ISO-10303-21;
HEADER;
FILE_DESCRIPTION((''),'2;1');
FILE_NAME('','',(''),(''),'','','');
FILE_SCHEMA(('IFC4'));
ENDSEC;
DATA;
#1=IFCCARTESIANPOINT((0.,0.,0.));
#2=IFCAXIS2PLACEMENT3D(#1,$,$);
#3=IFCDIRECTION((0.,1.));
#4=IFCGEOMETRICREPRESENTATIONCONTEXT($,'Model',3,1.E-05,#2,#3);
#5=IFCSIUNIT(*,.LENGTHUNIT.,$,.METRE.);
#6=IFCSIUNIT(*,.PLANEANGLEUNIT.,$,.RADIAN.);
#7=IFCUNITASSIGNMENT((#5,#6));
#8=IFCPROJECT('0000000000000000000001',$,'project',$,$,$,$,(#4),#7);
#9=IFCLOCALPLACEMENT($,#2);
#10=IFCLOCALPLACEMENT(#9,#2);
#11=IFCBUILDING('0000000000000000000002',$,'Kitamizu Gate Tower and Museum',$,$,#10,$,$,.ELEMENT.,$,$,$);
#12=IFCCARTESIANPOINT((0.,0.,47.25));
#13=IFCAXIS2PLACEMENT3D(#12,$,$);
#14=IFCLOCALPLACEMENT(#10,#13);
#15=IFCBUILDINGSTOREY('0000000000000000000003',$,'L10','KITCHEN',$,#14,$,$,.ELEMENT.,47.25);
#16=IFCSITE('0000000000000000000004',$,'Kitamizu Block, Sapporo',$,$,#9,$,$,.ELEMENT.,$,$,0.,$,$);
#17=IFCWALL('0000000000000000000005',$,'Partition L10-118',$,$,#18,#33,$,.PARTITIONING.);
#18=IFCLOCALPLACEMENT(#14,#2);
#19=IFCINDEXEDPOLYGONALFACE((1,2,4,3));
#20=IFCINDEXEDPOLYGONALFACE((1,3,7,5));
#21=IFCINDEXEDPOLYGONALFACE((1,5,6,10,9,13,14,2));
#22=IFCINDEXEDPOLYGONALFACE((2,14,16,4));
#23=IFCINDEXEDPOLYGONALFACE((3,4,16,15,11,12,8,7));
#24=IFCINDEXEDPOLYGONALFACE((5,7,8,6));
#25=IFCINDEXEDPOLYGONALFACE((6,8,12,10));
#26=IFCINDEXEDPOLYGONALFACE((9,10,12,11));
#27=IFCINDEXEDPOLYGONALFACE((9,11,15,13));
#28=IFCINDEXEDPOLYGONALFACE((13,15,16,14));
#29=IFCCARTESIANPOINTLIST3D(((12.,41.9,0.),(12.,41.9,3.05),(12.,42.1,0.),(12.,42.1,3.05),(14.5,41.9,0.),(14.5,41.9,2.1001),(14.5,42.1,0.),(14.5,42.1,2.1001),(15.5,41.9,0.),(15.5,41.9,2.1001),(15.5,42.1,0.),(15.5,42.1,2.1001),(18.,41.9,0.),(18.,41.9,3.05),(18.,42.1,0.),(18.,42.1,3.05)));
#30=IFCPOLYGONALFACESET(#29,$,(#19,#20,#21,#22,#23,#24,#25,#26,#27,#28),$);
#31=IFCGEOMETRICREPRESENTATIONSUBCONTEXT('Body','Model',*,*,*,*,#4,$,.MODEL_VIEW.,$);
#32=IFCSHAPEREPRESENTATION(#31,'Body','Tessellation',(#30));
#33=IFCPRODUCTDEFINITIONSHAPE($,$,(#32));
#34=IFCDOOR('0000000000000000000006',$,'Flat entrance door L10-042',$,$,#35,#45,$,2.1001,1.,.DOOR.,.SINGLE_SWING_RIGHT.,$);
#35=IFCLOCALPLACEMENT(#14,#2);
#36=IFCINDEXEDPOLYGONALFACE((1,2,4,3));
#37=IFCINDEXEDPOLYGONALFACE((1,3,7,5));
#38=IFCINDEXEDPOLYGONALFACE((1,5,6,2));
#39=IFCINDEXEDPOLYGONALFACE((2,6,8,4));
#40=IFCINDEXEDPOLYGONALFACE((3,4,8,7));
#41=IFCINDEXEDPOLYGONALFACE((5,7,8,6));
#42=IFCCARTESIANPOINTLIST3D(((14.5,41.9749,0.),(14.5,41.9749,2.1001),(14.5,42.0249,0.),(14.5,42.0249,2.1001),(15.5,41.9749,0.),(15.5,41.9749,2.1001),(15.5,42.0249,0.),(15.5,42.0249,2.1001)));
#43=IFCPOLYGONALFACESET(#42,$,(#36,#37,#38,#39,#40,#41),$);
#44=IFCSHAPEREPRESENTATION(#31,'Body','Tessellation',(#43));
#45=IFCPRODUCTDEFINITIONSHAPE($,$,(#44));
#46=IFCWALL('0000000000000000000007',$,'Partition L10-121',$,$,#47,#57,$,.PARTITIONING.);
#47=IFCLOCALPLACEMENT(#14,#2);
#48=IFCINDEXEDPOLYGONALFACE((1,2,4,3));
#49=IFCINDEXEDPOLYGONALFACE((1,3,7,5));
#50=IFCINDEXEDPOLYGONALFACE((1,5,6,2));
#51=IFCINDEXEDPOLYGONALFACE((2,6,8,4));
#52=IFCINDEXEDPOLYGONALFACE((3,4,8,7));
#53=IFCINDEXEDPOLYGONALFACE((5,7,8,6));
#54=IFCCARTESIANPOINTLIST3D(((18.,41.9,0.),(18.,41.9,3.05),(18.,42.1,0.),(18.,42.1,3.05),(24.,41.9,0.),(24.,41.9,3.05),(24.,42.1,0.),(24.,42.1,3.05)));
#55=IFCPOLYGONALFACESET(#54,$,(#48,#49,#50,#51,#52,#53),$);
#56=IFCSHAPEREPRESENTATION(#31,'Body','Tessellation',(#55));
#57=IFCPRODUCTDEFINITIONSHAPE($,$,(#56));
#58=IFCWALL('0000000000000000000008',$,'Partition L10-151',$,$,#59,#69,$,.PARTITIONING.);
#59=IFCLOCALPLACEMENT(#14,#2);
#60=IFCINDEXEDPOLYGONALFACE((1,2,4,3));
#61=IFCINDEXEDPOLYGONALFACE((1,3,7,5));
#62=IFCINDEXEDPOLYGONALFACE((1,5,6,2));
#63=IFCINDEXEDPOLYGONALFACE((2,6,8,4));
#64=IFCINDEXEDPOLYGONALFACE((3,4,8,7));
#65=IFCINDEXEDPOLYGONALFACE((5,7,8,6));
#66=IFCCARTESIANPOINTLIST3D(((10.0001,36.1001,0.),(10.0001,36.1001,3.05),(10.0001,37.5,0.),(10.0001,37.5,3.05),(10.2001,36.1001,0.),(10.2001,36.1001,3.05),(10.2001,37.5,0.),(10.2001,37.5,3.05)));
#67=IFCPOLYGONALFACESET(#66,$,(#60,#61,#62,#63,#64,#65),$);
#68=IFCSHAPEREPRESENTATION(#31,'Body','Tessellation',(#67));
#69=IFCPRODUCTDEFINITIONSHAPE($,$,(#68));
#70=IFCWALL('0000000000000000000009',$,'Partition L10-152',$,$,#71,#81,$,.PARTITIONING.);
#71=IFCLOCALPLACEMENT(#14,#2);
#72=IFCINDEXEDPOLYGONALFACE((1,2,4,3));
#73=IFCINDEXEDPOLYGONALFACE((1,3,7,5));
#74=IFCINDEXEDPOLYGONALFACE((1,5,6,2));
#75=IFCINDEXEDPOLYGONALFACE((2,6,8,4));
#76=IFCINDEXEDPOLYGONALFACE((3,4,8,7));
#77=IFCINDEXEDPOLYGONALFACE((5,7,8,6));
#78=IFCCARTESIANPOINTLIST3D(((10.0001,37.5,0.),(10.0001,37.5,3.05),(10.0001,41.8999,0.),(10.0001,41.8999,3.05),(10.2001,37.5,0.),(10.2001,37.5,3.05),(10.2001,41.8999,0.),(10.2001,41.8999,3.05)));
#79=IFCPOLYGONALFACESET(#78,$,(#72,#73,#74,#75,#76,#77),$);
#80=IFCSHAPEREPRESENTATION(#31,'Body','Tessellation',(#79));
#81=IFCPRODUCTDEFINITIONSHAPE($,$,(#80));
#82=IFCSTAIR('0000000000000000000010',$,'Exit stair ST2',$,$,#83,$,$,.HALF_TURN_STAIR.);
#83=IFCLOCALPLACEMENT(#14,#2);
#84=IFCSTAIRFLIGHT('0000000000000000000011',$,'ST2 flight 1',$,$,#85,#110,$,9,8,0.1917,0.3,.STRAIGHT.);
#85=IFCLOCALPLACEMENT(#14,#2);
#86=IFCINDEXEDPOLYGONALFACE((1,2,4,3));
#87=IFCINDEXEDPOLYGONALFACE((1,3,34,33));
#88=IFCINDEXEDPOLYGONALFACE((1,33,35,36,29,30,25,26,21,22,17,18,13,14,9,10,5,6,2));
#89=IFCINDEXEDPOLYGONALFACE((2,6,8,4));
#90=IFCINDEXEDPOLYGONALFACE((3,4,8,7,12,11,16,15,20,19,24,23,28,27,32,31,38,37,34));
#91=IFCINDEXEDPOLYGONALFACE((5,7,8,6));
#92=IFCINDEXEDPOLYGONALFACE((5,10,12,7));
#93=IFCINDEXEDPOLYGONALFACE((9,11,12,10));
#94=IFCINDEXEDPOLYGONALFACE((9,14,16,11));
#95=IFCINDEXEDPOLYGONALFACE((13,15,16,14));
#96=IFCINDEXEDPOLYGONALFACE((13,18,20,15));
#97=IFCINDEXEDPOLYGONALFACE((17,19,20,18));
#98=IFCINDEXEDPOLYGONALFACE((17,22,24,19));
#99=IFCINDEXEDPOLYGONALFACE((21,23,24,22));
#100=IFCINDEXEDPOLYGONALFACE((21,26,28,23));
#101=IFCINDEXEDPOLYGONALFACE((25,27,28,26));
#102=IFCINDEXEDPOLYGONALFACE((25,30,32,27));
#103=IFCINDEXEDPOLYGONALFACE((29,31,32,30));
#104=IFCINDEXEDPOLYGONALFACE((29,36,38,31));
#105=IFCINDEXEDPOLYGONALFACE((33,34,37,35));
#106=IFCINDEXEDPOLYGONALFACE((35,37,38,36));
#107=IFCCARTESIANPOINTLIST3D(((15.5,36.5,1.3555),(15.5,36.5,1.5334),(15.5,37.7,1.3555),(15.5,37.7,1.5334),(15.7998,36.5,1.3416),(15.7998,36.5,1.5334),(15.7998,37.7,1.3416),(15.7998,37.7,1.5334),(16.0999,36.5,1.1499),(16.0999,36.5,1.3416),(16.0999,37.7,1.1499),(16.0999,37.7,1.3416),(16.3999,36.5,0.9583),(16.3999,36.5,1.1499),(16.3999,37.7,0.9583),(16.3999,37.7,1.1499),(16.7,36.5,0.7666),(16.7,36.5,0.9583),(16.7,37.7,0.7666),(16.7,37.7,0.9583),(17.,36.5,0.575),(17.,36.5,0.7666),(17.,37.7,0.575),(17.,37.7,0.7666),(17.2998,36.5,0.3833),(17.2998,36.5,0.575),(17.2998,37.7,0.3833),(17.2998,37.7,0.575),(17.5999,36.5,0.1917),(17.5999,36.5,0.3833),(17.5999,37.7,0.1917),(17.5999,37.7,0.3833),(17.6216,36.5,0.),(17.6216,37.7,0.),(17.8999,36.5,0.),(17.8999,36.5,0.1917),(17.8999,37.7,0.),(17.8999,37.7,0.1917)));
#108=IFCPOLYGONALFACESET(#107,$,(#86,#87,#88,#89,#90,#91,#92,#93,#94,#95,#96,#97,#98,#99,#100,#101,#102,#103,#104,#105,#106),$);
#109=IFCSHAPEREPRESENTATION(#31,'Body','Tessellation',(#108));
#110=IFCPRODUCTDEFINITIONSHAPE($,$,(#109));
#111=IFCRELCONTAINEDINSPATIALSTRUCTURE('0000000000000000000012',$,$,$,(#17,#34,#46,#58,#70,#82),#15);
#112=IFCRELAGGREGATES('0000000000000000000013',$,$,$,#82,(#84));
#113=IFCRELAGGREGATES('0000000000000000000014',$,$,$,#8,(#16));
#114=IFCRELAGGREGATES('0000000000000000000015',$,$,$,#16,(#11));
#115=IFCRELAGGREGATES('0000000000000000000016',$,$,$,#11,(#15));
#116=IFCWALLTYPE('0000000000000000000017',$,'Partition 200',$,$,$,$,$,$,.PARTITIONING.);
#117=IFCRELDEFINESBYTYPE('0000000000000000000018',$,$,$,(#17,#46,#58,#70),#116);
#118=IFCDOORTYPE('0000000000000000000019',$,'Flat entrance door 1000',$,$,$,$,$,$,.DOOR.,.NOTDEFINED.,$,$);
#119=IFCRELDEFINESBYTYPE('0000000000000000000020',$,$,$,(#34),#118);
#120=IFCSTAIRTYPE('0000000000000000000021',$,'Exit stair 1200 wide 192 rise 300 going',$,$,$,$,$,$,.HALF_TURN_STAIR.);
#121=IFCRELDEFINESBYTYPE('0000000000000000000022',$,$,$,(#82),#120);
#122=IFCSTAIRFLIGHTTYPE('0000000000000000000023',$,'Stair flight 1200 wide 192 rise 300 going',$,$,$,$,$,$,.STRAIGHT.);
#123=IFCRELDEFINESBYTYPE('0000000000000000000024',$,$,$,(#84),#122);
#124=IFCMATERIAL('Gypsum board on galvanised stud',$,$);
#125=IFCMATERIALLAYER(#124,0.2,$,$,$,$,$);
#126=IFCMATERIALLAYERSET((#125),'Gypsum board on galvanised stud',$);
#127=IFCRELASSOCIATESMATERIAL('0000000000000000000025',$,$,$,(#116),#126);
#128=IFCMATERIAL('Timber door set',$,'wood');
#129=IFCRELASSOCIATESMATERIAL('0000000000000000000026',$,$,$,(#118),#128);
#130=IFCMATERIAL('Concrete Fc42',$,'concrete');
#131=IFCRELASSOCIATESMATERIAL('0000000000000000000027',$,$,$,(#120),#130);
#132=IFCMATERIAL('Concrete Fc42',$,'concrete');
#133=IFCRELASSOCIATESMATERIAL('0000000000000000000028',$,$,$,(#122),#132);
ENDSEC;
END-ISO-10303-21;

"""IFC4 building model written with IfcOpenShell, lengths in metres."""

from ifc_helpers import new_model, si_unit, direction, frame, frame_2d, origin, place, context, subcontext, project, spatial, polyline, rectangle, outline, extrude, material, layer, layer_set, type_object, element, fill, aggregate, save


model = new_model("IFC4")

# Units and contexts
model_context = context("Model", 3, precision=1e-05, world=origin(), true_north=direction((0.0, 1.0)))
body_context = subcontext(model_context, "Body", "Model", "MODEL_VIEW")
ifc_project = project(units=[si_unit("LENGTHUNIT", "METRE"), si_unit("PLANEANGLEUNIT", "RADIAN")], contexts=[model_context])

# Site, building, storey
site_placement = place(None, origin())
site = spatial("IfcSite", under=ifc_project, at=site_placement, Name="Kitamizu Block, Sapporo", CompositionType="ELEMENT", RefElevation=0.0)
building_placement = place(site_placement, origin())
building = spatial("IfcBuilding", under=site, at=building_placement, Name="Kitamizu Gate Tower and Museum", CompositionType="ELEMENT")
storey_placement = place(building_placement, frame((0.0, 0.0, 47.25)))
storey = spatial("IfcBuildingStorey", under=building, at=storey_placement, Name="L10", Description="KITCHEN", CompositionType="ELEMENT", Elevation=47.25)

# Shared definitions
ifc_material_1 = material(Name="Gypsum board on galvanised stud")
ifc_layer_1 = layer(ifc_material_1, 0.2)
ifc_layer_set_1 = layer_set([ifc_layer_1], Name="Gypsum board on galvanised stud")
wall_type_1 = type_object("IfcWallType", Name="Partition 200", PredefinedType="PARTITIONING", material=ifc_layer_set_1)

# Wall, opening, door
wall_1_placement = place(storey_placement, frame((12.0, 42.0, 0.0), z_axis=(0.0, 0.0, 1.0), x_axis=(1.0, 0.0, 0.0)))
wall_1 = element("IfcWall", 1, at=wall_1_placement, inside=storey, type_object=wall_type_1, Name="Partition L10-118", PredefinedType="PARTITIONING", context=body_context, shape_type="SweptSolid", body=[
    extrude(rectangle(XDim=6.0, YDim=0.2, at=frame_2d((3.0, 0.0))), origin(), (0.0, 0.0, 1.0), 3.05),
])
opening_1_placement = place(wall_1_placement, frame((2.5, 0.0, 0.0)))
opening_1 = element("IfcOpeningElement", 2, at=opening_1_placement, cuts=wall_1, PredefinedType="OPENING", context=body_context, shape_type="SweptSolid", body=[
    extrude(rectangle(XDim=1.0, YDim=2.1001, at=frame_2d((0.5, 1.05))), frame((0.0, 0.1099, 0.0), z_axis=(0.0, -1.0, 0.0), x_axis=(1.0, 0.0, 0.0)), (0.0, 0.0, 1.0), 0.22),
])
ifc_material_2 = material(Name="Timber door set", Category="wood")
door_type_1 = type_object("IfcDoorType", Name="Flat entrance door 1000", OperationType="NOTDEFINED", PredefinedType="DOOR", material=ifc_material_2)
door_1_placement = place(opening_1_placement, origin())
door_1 = element("IfcDoor", 3, at=door_1_placement, inside=storey, type_object=door_type_1, Name="Flat entrance door L10-042", OperationType="SINGLE_SWING_RIGHT", OverallHeight=2.1001, OverallWidth=1.0, PredefinedType="DOOR", context=body_context, shape_type="SweptSolid", body=[
    extrude(rectangle(XDim=1.0, YDim=2.1001, at=frame_2d((0.5, 1.05))), frame((0.0, 0.0249, 0.0), z_axis=(0.0, -1.0, 0.0), x_axis=(1.0, 0.0, 0.0)), (0.0, 0.0, 1.0), 0.05),
])
fill(opening_1, door_1)

# Walls
wall_2_placement = place(storey_placement, frame((18.0, 42.0, 0.0), z_axis=(0.0, 0.0, 1.0), x_axis=(1.0, 0.0, 0.0)))
element("IfcWall", 4, at=wall_2_placement, inside=storey, type_object=wall_type_1, Name="Partition L10-121", PredefinedType="PARTITIONING", context=body_context, shape_type="SweptSolid", body=[
    extrude(rectangle(XDim=6.0, YDim=0.2, at=frame_2d((3.0, 0.0))), origin(), (0.0, 0.0, 1.0), 3.05),
])
wall_3_placement = place(storey_placement, frame((10.1001, 36.1001, 0.0), z_axis=(0.0, 0.0, 1.0), x_axis=(0.0, 1.0, 0.0)))
element("IfcWall", 5, at=wall_3_placement, inside=storey, type_object=wall_type_1, Name="Partition L10-151", PredefinedType="PARTITIONING", context=body_context, shape_type="SweptSolid", body=[
    extrude(rectangle(XDim=1.3999, YDim=0.2, at=frame_2d((0.7, 0.0))), origin(), (0.0, 0.0, 1.0), 3.05),
])
wall_4_placement = place(storey_placement, frame((10.1001, 37.5, 0.0), z_axis=(0.0, 0.0, 1.0), x_axis=(0.0, 1.0, 0.0)))
element("IfcWall", 6, at=wall_4_placement, inside=storey, type_object=wall_type_1, Name="Partition L10-152", PredefinedType="PARTITIONING", context=body_context, shape_type="SweptSolid", body=[
    extrude(rectangle(XDim=4.3999, YDim=0.2, at=frame_2d((2.2, 0.0))), origin(), (0.0, 0.0, 1.0), 3.05),
])

# Stair, stair flight
ifc_material_3 = material(Name="Concrete Fc42", Category="concrete")
stair_type = type_object("IfcStairType", Name="Exit stair 1200 wide 192 rise 300 going", PredefinedType="HALF_TURN_STAIR", material=ifc_material_3)
stair_placement = place(storey_placement, origin())
stair = element("IfcStair", 7, at=stair_placement, inside=storey, type_object=stair_type, Name="Exit stair ST2", PredefinedType="HALF_TURN_STAIR")
ifc_material_4 = material(Name="Concrete Fc42", Category="concrete")
stair_flight_type = type_object("IfcStairFlightType", Name="Stair flight 1200 wide 192 rise 300 going", PredefinedType="STRAIGHT", material=ifc_material_4)
stair_flight_placement = place(storey_placement, frame((17.8999, 37.1001, 0.0), z_axis=(0.0, 0.0, 1.0), x_axis=(-1.0, 0.0, 0.0)))
stair_flight = element("IfcStairFlight", 8, at=stair_flight_placement, type_object=stair_flight_type, Name="ST2 flight 1", NumberOfRisers=9, NumberOfTreads=8, PredefinedType="STRAIGHT", RiserHeight=0.1917, TreadLength=0.3, context=body_context, shape_type="SweptSolid", body=[
    extrude(outline(polyline([(0.0, 0.0), (0.0, 0.1917), (0.3, 0.1917), (0.3, 0.3833), (0.6001, 0.3833), (0.6001, 0.575), (0.8999, 0.575), (0.8999, 0.7666), (1.2, 0.7666), (1.2, 0.9583), (1.5, 0.9583), (1.5, 1.1499), (1.8, 1.1499), (1.8, 1.3416), (2.1001, 1.3416), (2.1001, 1.5334), (2.3999, 1.5334), (2.3999, 1.7251), (2.3999, 1.3555), (0.2783, 0.0), (0.0, 0.0)])), frame((0.0, 0.6001, 0.0), z_axis=(0.0, -1.0, 0.0), x_axis=(1.0, 0.0, 0.0)), (0.0, 0.0, 1.0), 1.2),
])
aggregate(stair, [stair_flight])

save(model, "model.ifc")
